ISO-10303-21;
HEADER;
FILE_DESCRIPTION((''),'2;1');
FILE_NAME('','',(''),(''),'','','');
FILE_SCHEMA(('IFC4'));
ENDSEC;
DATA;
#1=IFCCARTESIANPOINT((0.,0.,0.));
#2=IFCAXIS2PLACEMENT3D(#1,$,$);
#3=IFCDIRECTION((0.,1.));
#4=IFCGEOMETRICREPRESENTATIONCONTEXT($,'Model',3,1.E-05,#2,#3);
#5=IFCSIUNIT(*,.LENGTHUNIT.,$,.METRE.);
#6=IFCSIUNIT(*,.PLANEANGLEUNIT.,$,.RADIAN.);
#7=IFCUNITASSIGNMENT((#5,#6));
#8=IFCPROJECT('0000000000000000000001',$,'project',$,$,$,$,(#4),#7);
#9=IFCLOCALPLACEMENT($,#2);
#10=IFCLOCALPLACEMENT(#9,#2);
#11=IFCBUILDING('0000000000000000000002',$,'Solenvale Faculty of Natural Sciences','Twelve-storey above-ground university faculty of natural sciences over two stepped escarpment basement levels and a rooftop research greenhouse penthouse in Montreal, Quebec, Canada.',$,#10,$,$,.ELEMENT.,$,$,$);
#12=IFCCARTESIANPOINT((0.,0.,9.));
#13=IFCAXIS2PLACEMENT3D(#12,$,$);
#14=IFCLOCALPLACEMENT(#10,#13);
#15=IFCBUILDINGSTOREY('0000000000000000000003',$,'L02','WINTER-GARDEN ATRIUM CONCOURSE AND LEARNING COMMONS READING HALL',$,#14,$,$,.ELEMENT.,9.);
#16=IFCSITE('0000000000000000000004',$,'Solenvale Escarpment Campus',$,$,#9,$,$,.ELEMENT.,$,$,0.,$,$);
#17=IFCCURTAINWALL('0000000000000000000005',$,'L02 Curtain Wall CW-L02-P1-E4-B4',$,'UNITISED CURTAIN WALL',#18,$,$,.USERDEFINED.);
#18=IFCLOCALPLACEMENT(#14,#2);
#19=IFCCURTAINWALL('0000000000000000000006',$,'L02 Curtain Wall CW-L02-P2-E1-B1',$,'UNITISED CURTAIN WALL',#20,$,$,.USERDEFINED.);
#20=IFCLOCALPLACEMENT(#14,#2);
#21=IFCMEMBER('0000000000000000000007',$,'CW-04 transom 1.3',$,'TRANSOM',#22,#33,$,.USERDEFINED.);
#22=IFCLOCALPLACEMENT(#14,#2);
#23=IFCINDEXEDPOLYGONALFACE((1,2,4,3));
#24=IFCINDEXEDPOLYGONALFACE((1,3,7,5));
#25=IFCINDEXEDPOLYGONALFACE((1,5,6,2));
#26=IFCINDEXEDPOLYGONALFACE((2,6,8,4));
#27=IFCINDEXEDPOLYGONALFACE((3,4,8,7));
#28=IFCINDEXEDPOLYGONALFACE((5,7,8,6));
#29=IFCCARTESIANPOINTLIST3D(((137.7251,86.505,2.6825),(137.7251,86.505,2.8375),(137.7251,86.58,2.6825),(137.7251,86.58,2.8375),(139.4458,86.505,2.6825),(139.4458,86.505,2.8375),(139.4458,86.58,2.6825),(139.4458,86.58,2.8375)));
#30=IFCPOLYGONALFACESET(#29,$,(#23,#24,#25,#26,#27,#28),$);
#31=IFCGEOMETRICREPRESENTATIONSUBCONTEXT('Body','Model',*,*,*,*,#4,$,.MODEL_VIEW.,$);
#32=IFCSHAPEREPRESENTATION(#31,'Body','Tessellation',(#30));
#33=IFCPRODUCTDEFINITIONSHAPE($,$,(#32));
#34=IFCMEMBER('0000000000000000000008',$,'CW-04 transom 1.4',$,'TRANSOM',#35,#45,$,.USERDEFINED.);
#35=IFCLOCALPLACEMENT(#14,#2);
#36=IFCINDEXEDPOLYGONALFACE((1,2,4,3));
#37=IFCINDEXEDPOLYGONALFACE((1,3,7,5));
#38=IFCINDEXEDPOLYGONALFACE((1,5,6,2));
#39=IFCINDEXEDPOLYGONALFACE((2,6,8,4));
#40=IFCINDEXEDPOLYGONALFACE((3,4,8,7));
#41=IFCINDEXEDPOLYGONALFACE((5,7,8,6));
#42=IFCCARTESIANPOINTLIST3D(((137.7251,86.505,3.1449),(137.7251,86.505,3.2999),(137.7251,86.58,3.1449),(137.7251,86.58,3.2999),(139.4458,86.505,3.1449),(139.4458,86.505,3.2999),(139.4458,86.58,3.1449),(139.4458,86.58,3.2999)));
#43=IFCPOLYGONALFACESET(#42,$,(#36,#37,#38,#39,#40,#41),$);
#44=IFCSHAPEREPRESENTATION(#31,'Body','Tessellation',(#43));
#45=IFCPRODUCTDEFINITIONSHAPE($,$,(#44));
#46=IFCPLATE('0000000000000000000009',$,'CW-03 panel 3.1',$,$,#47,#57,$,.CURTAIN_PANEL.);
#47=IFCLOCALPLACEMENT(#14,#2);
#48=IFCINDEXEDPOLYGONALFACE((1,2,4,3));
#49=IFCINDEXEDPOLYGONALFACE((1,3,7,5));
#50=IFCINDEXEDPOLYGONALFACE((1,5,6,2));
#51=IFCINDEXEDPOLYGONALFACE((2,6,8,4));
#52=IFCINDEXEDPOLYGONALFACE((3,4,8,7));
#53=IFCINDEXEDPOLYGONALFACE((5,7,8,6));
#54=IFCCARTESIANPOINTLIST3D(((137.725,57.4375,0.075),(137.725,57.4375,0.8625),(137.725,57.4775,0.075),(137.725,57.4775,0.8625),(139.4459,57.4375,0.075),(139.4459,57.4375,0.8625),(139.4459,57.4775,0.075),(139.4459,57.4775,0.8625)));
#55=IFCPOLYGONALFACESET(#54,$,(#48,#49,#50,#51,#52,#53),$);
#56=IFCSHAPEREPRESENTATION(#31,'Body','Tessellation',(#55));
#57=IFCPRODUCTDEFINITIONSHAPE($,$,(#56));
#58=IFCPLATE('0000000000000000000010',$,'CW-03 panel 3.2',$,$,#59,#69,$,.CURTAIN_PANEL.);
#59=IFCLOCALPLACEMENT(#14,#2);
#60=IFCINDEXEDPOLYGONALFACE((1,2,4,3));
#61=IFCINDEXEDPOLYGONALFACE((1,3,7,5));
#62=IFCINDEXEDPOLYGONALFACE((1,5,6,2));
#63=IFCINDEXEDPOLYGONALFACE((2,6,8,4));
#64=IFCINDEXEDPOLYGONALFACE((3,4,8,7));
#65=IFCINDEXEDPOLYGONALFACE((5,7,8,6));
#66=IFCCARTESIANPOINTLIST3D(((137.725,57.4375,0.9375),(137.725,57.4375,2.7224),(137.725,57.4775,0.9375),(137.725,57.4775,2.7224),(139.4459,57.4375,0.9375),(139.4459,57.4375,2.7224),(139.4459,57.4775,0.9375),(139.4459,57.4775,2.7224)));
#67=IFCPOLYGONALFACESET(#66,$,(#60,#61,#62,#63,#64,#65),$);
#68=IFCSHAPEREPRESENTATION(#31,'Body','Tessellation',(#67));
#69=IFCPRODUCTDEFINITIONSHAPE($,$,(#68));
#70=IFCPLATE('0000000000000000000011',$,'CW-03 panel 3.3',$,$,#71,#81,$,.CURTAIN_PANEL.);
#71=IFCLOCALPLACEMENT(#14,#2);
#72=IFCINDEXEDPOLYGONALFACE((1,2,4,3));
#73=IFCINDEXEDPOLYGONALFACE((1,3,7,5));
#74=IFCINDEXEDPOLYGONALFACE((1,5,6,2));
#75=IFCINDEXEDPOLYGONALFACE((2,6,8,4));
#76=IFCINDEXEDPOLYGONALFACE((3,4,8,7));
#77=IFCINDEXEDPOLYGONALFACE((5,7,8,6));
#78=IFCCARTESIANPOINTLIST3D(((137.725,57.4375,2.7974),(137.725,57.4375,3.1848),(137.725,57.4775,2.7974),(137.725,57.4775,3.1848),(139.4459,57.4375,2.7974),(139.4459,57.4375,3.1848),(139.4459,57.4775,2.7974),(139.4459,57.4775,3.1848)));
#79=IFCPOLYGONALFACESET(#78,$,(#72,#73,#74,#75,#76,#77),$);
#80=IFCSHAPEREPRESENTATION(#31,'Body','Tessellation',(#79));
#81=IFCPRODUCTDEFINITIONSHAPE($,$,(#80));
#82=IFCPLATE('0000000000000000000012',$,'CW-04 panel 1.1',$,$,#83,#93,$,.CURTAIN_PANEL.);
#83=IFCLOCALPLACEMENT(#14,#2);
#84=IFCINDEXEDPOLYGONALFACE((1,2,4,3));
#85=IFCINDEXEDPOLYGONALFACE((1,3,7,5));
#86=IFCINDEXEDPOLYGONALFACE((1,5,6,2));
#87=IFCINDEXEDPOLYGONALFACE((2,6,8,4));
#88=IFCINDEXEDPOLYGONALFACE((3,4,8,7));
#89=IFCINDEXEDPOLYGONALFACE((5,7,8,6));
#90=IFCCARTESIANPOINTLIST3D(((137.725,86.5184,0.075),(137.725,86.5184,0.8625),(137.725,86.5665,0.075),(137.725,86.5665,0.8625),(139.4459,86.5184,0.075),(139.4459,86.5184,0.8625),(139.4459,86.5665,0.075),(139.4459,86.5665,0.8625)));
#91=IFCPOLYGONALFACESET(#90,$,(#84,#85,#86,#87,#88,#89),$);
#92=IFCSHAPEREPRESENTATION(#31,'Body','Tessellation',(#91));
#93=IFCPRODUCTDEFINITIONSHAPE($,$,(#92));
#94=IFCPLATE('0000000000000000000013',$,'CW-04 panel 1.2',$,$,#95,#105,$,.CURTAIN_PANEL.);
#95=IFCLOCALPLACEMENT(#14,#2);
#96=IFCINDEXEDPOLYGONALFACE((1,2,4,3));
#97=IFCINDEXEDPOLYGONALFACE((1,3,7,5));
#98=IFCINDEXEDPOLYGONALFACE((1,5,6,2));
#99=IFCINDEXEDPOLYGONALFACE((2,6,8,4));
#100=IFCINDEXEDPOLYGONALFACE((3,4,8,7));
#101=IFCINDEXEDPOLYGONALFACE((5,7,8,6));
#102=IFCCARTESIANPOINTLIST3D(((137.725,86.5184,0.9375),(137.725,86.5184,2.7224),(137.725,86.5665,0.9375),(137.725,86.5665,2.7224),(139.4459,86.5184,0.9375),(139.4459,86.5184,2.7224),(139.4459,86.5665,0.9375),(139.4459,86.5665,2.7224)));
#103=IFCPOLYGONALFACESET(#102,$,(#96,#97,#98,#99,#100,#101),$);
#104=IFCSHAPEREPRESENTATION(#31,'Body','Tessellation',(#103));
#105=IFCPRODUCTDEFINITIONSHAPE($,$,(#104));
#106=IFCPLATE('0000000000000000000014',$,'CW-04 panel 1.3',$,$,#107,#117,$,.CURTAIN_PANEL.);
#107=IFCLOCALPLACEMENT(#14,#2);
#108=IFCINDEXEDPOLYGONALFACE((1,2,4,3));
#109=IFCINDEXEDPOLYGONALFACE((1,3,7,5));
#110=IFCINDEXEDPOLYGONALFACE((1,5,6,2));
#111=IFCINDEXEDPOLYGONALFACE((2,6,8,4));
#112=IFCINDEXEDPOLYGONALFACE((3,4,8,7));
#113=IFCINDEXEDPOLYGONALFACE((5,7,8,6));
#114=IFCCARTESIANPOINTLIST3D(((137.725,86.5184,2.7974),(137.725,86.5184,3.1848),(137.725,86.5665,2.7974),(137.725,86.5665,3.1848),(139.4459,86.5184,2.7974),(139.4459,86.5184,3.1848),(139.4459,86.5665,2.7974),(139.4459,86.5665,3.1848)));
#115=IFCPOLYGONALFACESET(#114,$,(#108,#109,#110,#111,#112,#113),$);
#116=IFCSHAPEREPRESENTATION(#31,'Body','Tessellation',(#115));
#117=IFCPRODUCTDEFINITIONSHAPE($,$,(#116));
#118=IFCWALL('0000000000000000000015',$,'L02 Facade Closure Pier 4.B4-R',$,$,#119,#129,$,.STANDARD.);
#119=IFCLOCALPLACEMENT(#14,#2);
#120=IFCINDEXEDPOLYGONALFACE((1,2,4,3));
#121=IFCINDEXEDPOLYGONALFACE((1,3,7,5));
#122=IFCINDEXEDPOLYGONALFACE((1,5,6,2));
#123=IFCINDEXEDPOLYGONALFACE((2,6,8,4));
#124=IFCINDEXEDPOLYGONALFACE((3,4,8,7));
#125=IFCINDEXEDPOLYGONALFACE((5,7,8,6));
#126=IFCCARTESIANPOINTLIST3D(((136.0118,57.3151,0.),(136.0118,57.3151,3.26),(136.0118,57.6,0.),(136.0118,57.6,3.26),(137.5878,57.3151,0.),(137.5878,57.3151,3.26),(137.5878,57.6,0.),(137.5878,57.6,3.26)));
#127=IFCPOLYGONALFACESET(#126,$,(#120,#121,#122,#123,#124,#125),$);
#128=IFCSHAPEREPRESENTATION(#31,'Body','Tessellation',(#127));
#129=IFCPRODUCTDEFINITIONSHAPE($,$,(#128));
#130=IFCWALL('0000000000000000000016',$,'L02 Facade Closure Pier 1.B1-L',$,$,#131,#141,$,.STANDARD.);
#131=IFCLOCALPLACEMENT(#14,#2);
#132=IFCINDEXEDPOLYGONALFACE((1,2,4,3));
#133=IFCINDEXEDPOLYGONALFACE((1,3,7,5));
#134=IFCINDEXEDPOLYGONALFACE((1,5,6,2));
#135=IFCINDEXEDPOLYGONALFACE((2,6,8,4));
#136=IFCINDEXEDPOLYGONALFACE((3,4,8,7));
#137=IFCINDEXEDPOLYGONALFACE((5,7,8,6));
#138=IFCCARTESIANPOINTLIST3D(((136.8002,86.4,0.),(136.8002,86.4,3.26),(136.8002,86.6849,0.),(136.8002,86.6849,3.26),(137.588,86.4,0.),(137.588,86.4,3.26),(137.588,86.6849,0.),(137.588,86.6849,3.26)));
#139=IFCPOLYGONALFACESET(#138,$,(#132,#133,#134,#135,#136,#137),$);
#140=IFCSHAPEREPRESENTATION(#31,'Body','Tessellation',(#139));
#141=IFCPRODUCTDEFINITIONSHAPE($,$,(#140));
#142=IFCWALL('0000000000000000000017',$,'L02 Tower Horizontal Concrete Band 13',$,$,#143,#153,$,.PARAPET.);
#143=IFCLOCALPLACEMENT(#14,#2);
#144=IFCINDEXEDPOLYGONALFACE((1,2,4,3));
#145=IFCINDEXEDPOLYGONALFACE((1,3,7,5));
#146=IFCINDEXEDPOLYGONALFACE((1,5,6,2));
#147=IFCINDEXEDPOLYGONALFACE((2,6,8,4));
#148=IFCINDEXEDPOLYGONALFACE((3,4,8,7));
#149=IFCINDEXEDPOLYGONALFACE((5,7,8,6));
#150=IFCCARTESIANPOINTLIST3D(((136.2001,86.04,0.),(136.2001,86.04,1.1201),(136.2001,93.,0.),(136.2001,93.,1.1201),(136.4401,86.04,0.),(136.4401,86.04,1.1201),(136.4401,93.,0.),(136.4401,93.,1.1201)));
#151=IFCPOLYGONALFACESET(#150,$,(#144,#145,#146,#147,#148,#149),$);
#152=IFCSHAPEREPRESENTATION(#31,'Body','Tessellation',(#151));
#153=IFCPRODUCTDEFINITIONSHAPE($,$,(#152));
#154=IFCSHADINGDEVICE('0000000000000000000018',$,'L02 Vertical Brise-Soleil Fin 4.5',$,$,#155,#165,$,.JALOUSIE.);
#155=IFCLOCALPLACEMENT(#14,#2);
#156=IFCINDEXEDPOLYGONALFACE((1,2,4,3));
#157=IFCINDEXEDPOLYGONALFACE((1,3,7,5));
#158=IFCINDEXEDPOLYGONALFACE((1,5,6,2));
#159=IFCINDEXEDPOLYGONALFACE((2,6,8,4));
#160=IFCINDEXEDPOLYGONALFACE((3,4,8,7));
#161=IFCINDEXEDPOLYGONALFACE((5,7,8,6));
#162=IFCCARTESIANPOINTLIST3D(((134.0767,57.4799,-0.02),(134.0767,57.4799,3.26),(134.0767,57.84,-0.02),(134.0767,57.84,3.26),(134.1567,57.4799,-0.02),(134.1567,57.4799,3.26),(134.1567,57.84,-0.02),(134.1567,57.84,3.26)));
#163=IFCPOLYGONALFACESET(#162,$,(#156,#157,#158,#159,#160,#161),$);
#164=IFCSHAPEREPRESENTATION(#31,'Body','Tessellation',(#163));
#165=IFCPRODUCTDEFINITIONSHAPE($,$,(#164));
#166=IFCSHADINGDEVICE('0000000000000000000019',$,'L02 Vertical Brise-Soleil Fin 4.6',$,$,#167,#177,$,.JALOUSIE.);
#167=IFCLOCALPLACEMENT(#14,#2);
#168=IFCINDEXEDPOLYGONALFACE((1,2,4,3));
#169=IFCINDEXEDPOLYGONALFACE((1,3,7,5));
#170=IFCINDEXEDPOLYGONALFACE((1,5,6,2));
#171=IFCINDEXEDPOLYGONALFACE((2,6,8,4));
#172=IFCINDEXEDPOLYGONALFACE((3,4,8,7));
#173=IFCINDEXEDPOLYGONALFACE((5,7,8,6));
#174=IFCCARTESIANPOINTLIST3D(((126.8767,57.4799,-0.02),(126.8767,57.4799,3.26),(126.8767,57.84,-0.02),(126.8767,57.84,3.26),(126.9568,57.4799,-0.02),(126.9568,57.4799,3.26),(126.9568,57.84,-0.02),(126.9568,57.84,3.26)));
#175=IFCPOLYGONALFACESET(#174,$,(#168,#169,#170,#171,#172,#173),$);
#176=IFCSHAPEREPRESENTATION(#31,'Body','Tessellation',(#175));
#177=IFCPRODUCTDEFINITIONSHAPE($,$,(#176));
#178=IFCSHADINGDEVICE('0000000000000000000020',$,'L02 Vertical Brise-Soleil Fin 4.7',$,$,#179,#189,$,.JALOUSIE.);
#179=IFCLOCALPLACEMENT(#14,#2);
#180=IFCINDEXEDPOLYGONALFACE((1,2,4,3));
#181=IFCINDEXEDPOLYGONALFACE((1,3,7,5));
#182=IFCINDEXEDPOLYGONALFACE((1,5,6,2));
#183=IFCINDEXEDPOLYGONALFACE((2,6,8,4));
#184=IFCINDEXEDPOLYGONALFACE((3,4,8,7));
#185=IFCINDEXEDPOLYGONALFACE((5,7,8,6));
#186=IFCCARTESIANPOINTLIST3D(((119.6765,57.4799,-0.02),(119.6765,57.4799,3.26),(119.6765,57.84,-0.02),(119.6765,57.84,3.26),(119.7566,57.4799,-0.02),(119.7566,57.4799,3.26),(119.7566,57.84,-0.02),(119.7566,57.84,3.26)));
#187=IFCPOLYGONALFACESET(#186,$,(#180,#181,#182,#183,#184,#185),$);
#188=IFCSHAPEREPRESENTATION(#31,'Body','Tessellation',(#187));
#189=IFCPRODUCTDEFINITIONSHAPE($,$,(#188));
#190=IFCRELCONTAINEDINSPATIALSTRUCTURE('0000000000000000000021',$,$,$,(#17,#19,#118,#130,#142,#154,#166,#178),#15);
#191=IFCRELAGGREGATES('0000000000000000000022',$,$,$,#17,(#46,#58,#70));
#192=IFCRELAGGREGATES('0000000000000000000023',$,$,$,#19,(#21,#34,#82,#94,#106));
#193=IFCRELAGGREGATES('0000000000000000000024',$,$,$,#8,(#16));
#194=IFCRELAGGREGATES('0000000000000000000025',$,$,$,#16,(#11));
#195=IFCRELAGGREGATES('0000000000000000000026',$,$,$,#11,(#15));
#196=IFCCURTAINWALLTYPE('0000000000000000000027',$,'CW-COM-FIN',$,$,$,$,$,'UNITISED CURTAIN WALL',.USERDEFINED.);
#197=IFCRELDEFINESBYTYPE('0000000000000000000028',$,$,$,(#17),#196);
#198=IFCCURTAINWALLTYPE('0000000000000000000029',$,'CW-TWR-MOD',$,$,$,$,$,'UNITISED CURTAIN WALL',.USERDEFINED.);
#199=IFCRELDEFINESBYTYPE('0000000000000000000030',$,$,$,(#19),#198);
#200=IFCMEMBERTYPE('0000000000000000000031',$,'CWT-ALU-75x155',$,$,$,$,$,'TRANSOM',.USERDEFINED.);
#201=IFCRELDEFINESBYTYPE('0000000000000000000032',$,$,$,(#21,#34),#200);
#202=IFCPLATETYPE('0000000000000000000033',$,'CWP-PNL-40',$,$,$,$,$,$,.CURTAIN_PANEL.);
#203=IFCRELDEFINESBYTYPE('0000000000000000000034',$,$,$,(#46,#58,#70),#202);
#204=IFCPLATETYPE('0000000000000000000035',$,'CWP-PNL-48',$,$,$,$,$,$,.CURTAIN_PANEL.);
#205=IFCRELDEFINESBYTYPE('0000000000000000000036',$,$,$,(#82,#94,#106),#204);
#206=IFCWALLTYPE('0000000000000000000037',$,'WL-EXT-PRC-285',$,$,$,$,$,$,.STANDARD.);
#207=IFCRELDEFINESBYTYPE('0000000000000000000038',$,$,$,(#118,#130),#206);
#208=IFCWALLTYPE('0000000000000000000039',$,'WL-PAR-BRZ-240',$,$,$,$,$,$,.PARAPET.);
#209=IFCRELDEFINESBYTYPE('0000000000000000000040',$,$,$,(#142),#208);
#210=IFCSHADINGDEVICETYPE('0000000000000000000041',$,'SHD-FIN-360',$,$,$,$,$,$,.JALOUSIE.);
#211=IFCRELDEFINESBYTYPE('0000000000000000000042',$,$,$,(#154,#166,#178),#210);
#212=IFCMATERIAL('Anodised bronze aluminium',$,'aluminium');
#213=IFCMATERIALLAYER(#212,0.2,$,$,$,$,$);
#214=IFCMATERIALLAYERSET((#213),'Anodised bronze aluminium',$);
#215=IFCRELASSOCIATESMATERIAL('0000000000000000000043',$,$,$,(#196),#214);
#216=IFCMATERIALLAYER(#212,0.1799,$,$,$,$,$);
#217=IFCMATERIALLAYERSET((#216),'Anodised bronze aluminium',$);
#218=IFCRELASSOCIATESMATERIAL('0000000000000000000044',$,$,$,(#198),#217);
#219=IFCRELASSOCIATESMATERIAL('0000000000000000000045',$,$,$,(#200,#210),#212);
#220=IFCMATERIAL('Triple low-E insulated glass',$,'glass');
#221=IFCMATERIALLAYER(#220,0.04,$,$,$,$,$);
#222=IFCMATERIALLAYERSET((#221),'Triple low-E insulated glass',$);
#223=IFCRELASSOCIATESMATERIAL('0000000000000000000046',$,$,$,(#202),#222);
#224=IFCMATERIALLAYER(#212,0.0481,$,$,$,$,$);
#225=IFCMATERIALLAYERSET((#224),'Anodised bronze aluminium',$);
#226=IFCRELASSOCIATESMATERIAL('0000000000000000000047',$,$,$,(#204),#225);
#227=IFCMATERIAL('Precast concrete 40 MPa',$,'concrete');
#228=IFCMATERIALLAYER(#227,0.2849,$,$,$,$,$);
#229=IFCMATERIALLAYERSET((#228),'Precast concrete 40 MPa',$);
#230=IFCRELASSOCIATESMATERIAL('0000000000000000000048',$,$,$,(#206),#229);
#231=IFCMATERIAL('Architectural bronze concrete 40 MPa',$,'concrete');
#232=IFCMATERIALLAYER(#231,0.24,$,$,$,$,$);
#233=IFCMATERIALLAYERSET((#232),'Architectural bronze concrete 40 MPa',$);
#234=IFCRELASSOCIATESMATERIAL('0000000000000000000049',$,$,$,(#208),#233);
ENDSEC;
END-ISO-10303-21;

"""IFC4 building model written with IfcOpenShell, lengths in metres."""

from ifc_helpers import new_model, si_unit, direction, frame, frame_2d, origin, origin_2d, place, context, subcontext, project, spatial, rectangle, extrude, material, layer, layer_set, material_profile, profile_set, type_object, element, aggregate, save


model = new_model("IFC4")

# Units and contexts
model_context = context("Model", 3, precision=1e-05, world=origin(), true_north=direction((0.0, 1.0)))
body_context = subcontext(model_context, "Body", "Model", "MODEL_VIEW")
ifc_project = project(units=[si_unit("LENGTHUNIT", "METRE"), si_unit("PLANEANGLEUNIT", "RADIAN")], contexts=[model_context])

# Site, building, storey
site_placement = place(None, origin())
site = spatial("IfcSite", under=ifc_project, at=site_placement, Name="Solenvale Escarpment Campus", CompositionType="ELEMENT", RefElevation=0.0)
building_placement = place(site_placement, origin())
building = spatial("IfcBuilding", under=site, at=building_placement, Name="Solenvale Faculty of Natural Sciences", Description="Twelve-storey above-ground university faculty of natural sciences over two stepped escarpment basement levels and a rooftop research greenhouse penthouse in Montreal, Quebec, Canada.", CompositionType="ELEMENT")
storey_placement = place(building_placement, frame((0.0, 0.0, 9.0)))
storey = spatial("IfcBuildingStorey", under=building, at=storey_placement, Name="L02", Description="WINTER-GARDEN ATRIUM CONCOURSE AND LEARNING COMMONS READING HALL", CompositionType="ELEMENT", Elevation=9.0)

# Curtain walls
ifc_material_1 = material(Name="Anodised bronze aluminium", Category="aluminium")
ifc_layer_1 = layer(ifc_material_1, 0.2)
ifc_layer_set_1 = layer_set([ifc_layer_1], Name="Anodised bronze aluminium")
curtain_wall_type_1 = type_object("IfcCurtainWallType", Name="CW-COM-FIN", ElementType="UNITISED CURTAIN WALL", PredefinedType="USERDEFINED", material=ifc_layer_set_1)
curtain_wall_1_placement = place(storey_placement, origin())
curtain_wall_1 = element("IfcCurtainWall", 1, at=curtain_wall_1_placement, inside=storey, type_object=curtain_wall_type_1, Name="L02 Curtain Wall CW-L02-P1-E4-B4", ObjectType="UNITISED CURTAIN WALL", PredefinedType="USERDEFINED")
ifc_layer_2 = layer(ifc_material_1, 0.1799)
ifc_layer_set_2 = layer_set([ifc_layer_2], Name="Anodised bronze aluminium")
curtain_wall_type_2 = type_object("IfcCurtainWallType", Name="CW-TWR-MOD", ElementType="UNITISED CURTAIN WALL", PredefinedType="USERDEFINED", material=ifc_layer_set_2)
curtain_wall_2_placement = place(storey_placement, origin())
curtain_wall_2 = element("IfcCurtainWall", 2, at=curtain_wall_2_placement, inside=storey, type_object=curtain_wall_type_2, Name="L02 Curtain Wall CW-L02-P2-E1-B1", ObjectType="UNITISED CURTAIN WALL", PredefinedType="USERDEFINED")

# Members
ifc_material_profile_1 = material_profile(ifc_material_1, rectangle(XDim=0.075, YDim=0.155, at=origin_2d()), Name="ALU-TRN-75x155")
ifc_profile_set_1 = profile_set([ifc_material_profile_1], Name="Anodised bronze aluminium")
member_type_1 = type_object("IfcMemberType", Name="CWT-ALU-75x155", ElementType="TRANSOM", PredefinedType="USERDEFINED", material=ifc_profile_set_1)
member_1_placement = place(storey_placement, frame((137.7251, 86.5425, 2.76), z_axis=(1.0, 0.0, 0.0), x_axis=(0.0, 1.0, 0.0)))
member_1 = element("IfcMember", 3, at=member_1_placement, type_object=member_type_1, Name="CW-04 transom 1.3", ObjectType="TRANSOM", PredefinedType="USERDEFINED", context=body_context, shape_type="SweptSolid", body=[
    extrude(rectangle(XDim=0.075, YDim=0.155, at=origin_2d()), origin(), (0.0, 0.0, 1.0), 1.7207),
])
member_2_placement = place(storey_placement, frame((137.7251, 86.5425, 3.2224), z_axis=(1.0, 0.0, 0.0), x_axis=(0.0, 1.0, 0.0)))
member_2 = element("IfcMember", 4, at=member_2_placement, type_object=member_type_1, Name="CW-04 transom 1.4", ObjectType="TRANSOM", PredefinedType="USERDEFINED", context=body_context, shape_type="SweptSolid", body=[
    extrude(rectangle(XDim=0.075, YDim=0.155, at=origin_2d()), origin(), (0.0, 0.0, 1.0), 1.7207),
])

# Plates
ifc_material_2 = material(Name="Triple low-E insulated glass", Category="glass")
ifc_layer_3 = layer(ifc_material_2, 0.04)
ifc_layer_set_3 = layer_set([ifc_layer_3], Name="Triple low-E insulated glass")
plate_type_1 = type_object("IfcPlateType", Name="CWP-PNL-40", PredefinedType="CURTAIN_PANEL", material=ifc_layer_set_3)
plate_1_placement = place(storey_placement, frame((138.5854, 57.4575, 0.075), z_axis=(0.0, 0.0, 1.0), x_axis=(-1.0, 0.0, 0.0)))
plate_1 = element("IfcPlate", 5, at=plate_1_placement, type_object=plate_type_1, Name="CW-03 panel 3.1", PredefinedType="CURTAIN_PANEL", context=body_context, shape_type="SweptSolid", body=[
    extrude(rectangle(XDim=1.7209, YDim=0.04, at=origin_2d()), origin(), (0.0, 0.0, 1.0), 0.7876),
])
plate_2_placement = place(storey_placement, frame((138.5854, 57.4575, 0.9375), z_axis=(0.0, 0.0, 1.0), x_axis=(-1.0, 0.0, 0.0)))
plate_2 = element("IfcPlate", 6, at=plate_2_placement, type_object=plate_type_1, Name="CW-03 panel 3.2", PredefinedType="CURTAIN_PANEL", context=body_context, shape_type="SweptSolid", body=[
    extrude(rectangle(XDim=1.7209, YDim=0.04, at=origin_2d()), origin(), (0.0, 0.0, 1.0), 1.7849),
])
plate_3_placement = place(storey_placement, frame((138.5854, 57.4575, 2.7974), z_axis=(0.0, 0.0, 1.0), x_axis=(-1.0, 0.0, 0.0)))
plate_3 = element("IfcPlate", 7, at=plate_3_placement, type_object=plate_type_1, Name="CW-03 panel 3.3", PredefinedType="CURTAIN_PANEL", context=body_context, shape_type="SweptSolid", body=[
    extrude(rectangle(XDim=1.7209, YDim=0.04, at=origin_2d()), origin(), (0.0, 0.0, 1.0), 0.3875),
])
aggregate(curtain_wall_1, [plate_1, plate_2, plate_3])
ifc_layer_4 = layer(ifc_material_1, 0.0481)
ifc_layer_set_4 = layer_set([ifc_layer_4], Name="Anodised bronze aluminium")
plate_type_2 = type_object("IfcPlateType", Name="CWP-PNL-48", PredefinedType="CURTAIN_PANEL", material=ifc_layer_set_4)
plate_4_placement = place(storey_placement, frame((138.5854, 86.5425, 0.075), z_axis=(0.0, 0.0, 1.0), x_axis=(1.0, 0.0, 0.0)))
plate_4 = element("IfcPlate", 8, at=plate_4_placement, type_object=plate_type_2, Name="CW-04 panel 1.1", PredefinedType="CURTAIN_PANEL", context=body_context, shape_type="SweptSolid", body=[
    extrude(rectangle(XDim=1.7209, YDim=0.0481, at=origin_2d()), origin(), (0.0, 0.0, 1.0), 0.7876),
])
plate_5_placement = place(storey_placement, frame((138.5854, 86.5425, 0.9375), z_axis=(0.0, 0.0, 1.0), x_axis=(1.0, 0.0, 0.0)))
plate_5 = element("IfcPlate", 9, at=plate_5_placement, type_object=plate_type_2, Name="CW-04 panel 1.2", PredefinedType="CURTAIN_PANEL", context=body_context, shape_type="SweptSolid", body=[
    extrude(rectangle(XDim=1.7209, YDim=0.0481, at=origin_2d()), origin(), (0.0, 0.0, 1.0), 1.7849),
])
plate_6_placement = place(storey_placement, frame((138.5854, 86.5425, 2.7974), z_axis=(0.0, 0.0, 1.0), x_axis=(1.0, 0.0, 0.0)))
plate_6 = element("IfcPlate", 10, at=plate_6_placement, type_object=plate_type_2, Name="CW-04 panel 1.3", PredefinedType="CURTAIN_PANEL", context=body_context, shape_type="SweptSolid", body=[
    extrude(rectangle(XDim=1.7209, YDim=0.0481, at=origin_2d()), origin(), (0.0, 0.0, 1.0), 0.3875),
])
aggregate(curtain_wall_2, [member_1, member_2, plate_4, plate_5, plate_6])

# Walls
ifc_material_3 = material(Name="Precast concrete 40 MPa", Category="concrete")
ifc_layer_5 = layer(ifc_material_3, 0.2849)
ifc_layer_set_5 = layer_set([ifc_layer_5], Name="Precast concrete 40 MPa")
wall_type_1 = type_object("IfcWallType", Name="WL-EXT-PRC-285", PredefinedType="STANDARD", material=ifc_layer_set_5)
wall_1_placement = place(storey_placement, frame((137.5879, 57.4575, 0.0), z_axis=(0.0, 0.0, 1.0), x_axis=(-1.0, 0.0, 0.0)))
element("IfcWall", 11, at=wall_1_placement, inside=storey, type_object=wall_type_1, Name="L02 Facade Closure Pier 4.B4-R", PredefinedType="STANDARD", context=body_context, shape_type="SweptSolid", body=[
    extrude(rectangle(XDim=1.5759, YDim=0.2849, at=frame_2d((0.7881, 0.0))), origin(), (0.0, 0.0, 1.0), 3.26),
])
wall_2_placement = place(storey_placement, frame((136.8, 86.5425, 0.0), z_axis=(0.0, 0.0, 1.0), x_axis=(1.0, 0.0, 0.0)))
element("IfcWall", 12, at=wall_2_placement, inside=storey, type_object=wall_type_1, Name="L02 Facade Closure Pier 1.B1-L", PredefinedType="STANDARD", context=body_context, shape_type="SweptSolid", body=[
    extrude(rectangle(XDim=0.7878, YDim=0.2849, at=frame_2d((0.394, 0.0))), origin(), (0.0, 0.0, 1.0), 3.26),
])
ifc_material_4 = material(Name="Architectural bronze concrete 40 MPa", Category="concrete")
ifc_layer_6 = layer(ifc_material_4, 0.24)
ifc_layer_set_6 = layer_set([ifc_layer_6], Name="Architectural bronze concrete 40 MPa")
wall_type_2 = type_object("IfcWallType", Name="WL-PAR-BRZ-240", PredefinedType="PARAPET", material=ifc_layer_set_6)
wall_3_placement = place(storey_placement, frame((136.3201, 86.04, 0.0), z_axis=(0.0, 0.0, 1.0), x_axis=(0.0, 1.0, 0.0)))
element("IfcWall", 13, at=wall_3_placement, inside=storey, type_object=wall_type_2, Name="L02 Tower Horizontal Concrete Band 13", PredefinedType="PARAPET", context=body_context, shape_type="SweptSolid", body=[
    extrude(rectangle(XDim=6.96, YDim=0.24, at=frame_2d((3.48, 0.0))), origin(), (0.0, 0.0, 1.0), 1.1201),
])

# Shading devices
ifc_material_profile_2 = material_profile(ifc_material_1, rectangle(XDim=0.0801, YDim=0.3601, at=origin_2d()), Name="ALU-FIN-80x360")
ifc_profile_set_2 = profile_set([ifc_material_profile_2], Name="Anodised bronze aluminium")
shading_device_type = type_object("IfcShadingDeviceType", Name="SHD-FIN-360", PredefinedType="JALOUSIE", material=ifc_profile_set_2)
for number, where, z_axis, x_axis, name in (
    (14, (134.1167, 57.6599, -0.02), (0.0, 0.0, 1.0), (1.0, 0.0, 0.0), "L02 Vertical Brise-Soleil Fin 4.5"),
    (15, (126.9167, 57.6599, -0.02), (0.0, 0.0, 1.0), (1.0, 0.0, 0.0), "L02 Vertical Brise-Soleil Fin 4.6"),
    (16, (119.7166, 57.6599, -0.02), (0.0, 0.0, 1.0), (1.0, 0.0, 0.0), "L02 Vertical Brise-Soleil Fin 4.7"),
):
    element("IfcShadingDevice", number, at=place(storey_placement, frame(where, z_axis=z_axis, x_axis=x_axis)), inside=storey, type_object=shading_device_type, Name=name, PredefinedType="JALOUSIE", context=body_context, shape_type="SweptSolid", body=[
        extrude(rectangle(XDim=0.0801, YDim=0.3601, at=origin_2d()), origin(), (0.0, 0.0, 1.0), 3.28),
    ])

save(model, "model.ifc")
